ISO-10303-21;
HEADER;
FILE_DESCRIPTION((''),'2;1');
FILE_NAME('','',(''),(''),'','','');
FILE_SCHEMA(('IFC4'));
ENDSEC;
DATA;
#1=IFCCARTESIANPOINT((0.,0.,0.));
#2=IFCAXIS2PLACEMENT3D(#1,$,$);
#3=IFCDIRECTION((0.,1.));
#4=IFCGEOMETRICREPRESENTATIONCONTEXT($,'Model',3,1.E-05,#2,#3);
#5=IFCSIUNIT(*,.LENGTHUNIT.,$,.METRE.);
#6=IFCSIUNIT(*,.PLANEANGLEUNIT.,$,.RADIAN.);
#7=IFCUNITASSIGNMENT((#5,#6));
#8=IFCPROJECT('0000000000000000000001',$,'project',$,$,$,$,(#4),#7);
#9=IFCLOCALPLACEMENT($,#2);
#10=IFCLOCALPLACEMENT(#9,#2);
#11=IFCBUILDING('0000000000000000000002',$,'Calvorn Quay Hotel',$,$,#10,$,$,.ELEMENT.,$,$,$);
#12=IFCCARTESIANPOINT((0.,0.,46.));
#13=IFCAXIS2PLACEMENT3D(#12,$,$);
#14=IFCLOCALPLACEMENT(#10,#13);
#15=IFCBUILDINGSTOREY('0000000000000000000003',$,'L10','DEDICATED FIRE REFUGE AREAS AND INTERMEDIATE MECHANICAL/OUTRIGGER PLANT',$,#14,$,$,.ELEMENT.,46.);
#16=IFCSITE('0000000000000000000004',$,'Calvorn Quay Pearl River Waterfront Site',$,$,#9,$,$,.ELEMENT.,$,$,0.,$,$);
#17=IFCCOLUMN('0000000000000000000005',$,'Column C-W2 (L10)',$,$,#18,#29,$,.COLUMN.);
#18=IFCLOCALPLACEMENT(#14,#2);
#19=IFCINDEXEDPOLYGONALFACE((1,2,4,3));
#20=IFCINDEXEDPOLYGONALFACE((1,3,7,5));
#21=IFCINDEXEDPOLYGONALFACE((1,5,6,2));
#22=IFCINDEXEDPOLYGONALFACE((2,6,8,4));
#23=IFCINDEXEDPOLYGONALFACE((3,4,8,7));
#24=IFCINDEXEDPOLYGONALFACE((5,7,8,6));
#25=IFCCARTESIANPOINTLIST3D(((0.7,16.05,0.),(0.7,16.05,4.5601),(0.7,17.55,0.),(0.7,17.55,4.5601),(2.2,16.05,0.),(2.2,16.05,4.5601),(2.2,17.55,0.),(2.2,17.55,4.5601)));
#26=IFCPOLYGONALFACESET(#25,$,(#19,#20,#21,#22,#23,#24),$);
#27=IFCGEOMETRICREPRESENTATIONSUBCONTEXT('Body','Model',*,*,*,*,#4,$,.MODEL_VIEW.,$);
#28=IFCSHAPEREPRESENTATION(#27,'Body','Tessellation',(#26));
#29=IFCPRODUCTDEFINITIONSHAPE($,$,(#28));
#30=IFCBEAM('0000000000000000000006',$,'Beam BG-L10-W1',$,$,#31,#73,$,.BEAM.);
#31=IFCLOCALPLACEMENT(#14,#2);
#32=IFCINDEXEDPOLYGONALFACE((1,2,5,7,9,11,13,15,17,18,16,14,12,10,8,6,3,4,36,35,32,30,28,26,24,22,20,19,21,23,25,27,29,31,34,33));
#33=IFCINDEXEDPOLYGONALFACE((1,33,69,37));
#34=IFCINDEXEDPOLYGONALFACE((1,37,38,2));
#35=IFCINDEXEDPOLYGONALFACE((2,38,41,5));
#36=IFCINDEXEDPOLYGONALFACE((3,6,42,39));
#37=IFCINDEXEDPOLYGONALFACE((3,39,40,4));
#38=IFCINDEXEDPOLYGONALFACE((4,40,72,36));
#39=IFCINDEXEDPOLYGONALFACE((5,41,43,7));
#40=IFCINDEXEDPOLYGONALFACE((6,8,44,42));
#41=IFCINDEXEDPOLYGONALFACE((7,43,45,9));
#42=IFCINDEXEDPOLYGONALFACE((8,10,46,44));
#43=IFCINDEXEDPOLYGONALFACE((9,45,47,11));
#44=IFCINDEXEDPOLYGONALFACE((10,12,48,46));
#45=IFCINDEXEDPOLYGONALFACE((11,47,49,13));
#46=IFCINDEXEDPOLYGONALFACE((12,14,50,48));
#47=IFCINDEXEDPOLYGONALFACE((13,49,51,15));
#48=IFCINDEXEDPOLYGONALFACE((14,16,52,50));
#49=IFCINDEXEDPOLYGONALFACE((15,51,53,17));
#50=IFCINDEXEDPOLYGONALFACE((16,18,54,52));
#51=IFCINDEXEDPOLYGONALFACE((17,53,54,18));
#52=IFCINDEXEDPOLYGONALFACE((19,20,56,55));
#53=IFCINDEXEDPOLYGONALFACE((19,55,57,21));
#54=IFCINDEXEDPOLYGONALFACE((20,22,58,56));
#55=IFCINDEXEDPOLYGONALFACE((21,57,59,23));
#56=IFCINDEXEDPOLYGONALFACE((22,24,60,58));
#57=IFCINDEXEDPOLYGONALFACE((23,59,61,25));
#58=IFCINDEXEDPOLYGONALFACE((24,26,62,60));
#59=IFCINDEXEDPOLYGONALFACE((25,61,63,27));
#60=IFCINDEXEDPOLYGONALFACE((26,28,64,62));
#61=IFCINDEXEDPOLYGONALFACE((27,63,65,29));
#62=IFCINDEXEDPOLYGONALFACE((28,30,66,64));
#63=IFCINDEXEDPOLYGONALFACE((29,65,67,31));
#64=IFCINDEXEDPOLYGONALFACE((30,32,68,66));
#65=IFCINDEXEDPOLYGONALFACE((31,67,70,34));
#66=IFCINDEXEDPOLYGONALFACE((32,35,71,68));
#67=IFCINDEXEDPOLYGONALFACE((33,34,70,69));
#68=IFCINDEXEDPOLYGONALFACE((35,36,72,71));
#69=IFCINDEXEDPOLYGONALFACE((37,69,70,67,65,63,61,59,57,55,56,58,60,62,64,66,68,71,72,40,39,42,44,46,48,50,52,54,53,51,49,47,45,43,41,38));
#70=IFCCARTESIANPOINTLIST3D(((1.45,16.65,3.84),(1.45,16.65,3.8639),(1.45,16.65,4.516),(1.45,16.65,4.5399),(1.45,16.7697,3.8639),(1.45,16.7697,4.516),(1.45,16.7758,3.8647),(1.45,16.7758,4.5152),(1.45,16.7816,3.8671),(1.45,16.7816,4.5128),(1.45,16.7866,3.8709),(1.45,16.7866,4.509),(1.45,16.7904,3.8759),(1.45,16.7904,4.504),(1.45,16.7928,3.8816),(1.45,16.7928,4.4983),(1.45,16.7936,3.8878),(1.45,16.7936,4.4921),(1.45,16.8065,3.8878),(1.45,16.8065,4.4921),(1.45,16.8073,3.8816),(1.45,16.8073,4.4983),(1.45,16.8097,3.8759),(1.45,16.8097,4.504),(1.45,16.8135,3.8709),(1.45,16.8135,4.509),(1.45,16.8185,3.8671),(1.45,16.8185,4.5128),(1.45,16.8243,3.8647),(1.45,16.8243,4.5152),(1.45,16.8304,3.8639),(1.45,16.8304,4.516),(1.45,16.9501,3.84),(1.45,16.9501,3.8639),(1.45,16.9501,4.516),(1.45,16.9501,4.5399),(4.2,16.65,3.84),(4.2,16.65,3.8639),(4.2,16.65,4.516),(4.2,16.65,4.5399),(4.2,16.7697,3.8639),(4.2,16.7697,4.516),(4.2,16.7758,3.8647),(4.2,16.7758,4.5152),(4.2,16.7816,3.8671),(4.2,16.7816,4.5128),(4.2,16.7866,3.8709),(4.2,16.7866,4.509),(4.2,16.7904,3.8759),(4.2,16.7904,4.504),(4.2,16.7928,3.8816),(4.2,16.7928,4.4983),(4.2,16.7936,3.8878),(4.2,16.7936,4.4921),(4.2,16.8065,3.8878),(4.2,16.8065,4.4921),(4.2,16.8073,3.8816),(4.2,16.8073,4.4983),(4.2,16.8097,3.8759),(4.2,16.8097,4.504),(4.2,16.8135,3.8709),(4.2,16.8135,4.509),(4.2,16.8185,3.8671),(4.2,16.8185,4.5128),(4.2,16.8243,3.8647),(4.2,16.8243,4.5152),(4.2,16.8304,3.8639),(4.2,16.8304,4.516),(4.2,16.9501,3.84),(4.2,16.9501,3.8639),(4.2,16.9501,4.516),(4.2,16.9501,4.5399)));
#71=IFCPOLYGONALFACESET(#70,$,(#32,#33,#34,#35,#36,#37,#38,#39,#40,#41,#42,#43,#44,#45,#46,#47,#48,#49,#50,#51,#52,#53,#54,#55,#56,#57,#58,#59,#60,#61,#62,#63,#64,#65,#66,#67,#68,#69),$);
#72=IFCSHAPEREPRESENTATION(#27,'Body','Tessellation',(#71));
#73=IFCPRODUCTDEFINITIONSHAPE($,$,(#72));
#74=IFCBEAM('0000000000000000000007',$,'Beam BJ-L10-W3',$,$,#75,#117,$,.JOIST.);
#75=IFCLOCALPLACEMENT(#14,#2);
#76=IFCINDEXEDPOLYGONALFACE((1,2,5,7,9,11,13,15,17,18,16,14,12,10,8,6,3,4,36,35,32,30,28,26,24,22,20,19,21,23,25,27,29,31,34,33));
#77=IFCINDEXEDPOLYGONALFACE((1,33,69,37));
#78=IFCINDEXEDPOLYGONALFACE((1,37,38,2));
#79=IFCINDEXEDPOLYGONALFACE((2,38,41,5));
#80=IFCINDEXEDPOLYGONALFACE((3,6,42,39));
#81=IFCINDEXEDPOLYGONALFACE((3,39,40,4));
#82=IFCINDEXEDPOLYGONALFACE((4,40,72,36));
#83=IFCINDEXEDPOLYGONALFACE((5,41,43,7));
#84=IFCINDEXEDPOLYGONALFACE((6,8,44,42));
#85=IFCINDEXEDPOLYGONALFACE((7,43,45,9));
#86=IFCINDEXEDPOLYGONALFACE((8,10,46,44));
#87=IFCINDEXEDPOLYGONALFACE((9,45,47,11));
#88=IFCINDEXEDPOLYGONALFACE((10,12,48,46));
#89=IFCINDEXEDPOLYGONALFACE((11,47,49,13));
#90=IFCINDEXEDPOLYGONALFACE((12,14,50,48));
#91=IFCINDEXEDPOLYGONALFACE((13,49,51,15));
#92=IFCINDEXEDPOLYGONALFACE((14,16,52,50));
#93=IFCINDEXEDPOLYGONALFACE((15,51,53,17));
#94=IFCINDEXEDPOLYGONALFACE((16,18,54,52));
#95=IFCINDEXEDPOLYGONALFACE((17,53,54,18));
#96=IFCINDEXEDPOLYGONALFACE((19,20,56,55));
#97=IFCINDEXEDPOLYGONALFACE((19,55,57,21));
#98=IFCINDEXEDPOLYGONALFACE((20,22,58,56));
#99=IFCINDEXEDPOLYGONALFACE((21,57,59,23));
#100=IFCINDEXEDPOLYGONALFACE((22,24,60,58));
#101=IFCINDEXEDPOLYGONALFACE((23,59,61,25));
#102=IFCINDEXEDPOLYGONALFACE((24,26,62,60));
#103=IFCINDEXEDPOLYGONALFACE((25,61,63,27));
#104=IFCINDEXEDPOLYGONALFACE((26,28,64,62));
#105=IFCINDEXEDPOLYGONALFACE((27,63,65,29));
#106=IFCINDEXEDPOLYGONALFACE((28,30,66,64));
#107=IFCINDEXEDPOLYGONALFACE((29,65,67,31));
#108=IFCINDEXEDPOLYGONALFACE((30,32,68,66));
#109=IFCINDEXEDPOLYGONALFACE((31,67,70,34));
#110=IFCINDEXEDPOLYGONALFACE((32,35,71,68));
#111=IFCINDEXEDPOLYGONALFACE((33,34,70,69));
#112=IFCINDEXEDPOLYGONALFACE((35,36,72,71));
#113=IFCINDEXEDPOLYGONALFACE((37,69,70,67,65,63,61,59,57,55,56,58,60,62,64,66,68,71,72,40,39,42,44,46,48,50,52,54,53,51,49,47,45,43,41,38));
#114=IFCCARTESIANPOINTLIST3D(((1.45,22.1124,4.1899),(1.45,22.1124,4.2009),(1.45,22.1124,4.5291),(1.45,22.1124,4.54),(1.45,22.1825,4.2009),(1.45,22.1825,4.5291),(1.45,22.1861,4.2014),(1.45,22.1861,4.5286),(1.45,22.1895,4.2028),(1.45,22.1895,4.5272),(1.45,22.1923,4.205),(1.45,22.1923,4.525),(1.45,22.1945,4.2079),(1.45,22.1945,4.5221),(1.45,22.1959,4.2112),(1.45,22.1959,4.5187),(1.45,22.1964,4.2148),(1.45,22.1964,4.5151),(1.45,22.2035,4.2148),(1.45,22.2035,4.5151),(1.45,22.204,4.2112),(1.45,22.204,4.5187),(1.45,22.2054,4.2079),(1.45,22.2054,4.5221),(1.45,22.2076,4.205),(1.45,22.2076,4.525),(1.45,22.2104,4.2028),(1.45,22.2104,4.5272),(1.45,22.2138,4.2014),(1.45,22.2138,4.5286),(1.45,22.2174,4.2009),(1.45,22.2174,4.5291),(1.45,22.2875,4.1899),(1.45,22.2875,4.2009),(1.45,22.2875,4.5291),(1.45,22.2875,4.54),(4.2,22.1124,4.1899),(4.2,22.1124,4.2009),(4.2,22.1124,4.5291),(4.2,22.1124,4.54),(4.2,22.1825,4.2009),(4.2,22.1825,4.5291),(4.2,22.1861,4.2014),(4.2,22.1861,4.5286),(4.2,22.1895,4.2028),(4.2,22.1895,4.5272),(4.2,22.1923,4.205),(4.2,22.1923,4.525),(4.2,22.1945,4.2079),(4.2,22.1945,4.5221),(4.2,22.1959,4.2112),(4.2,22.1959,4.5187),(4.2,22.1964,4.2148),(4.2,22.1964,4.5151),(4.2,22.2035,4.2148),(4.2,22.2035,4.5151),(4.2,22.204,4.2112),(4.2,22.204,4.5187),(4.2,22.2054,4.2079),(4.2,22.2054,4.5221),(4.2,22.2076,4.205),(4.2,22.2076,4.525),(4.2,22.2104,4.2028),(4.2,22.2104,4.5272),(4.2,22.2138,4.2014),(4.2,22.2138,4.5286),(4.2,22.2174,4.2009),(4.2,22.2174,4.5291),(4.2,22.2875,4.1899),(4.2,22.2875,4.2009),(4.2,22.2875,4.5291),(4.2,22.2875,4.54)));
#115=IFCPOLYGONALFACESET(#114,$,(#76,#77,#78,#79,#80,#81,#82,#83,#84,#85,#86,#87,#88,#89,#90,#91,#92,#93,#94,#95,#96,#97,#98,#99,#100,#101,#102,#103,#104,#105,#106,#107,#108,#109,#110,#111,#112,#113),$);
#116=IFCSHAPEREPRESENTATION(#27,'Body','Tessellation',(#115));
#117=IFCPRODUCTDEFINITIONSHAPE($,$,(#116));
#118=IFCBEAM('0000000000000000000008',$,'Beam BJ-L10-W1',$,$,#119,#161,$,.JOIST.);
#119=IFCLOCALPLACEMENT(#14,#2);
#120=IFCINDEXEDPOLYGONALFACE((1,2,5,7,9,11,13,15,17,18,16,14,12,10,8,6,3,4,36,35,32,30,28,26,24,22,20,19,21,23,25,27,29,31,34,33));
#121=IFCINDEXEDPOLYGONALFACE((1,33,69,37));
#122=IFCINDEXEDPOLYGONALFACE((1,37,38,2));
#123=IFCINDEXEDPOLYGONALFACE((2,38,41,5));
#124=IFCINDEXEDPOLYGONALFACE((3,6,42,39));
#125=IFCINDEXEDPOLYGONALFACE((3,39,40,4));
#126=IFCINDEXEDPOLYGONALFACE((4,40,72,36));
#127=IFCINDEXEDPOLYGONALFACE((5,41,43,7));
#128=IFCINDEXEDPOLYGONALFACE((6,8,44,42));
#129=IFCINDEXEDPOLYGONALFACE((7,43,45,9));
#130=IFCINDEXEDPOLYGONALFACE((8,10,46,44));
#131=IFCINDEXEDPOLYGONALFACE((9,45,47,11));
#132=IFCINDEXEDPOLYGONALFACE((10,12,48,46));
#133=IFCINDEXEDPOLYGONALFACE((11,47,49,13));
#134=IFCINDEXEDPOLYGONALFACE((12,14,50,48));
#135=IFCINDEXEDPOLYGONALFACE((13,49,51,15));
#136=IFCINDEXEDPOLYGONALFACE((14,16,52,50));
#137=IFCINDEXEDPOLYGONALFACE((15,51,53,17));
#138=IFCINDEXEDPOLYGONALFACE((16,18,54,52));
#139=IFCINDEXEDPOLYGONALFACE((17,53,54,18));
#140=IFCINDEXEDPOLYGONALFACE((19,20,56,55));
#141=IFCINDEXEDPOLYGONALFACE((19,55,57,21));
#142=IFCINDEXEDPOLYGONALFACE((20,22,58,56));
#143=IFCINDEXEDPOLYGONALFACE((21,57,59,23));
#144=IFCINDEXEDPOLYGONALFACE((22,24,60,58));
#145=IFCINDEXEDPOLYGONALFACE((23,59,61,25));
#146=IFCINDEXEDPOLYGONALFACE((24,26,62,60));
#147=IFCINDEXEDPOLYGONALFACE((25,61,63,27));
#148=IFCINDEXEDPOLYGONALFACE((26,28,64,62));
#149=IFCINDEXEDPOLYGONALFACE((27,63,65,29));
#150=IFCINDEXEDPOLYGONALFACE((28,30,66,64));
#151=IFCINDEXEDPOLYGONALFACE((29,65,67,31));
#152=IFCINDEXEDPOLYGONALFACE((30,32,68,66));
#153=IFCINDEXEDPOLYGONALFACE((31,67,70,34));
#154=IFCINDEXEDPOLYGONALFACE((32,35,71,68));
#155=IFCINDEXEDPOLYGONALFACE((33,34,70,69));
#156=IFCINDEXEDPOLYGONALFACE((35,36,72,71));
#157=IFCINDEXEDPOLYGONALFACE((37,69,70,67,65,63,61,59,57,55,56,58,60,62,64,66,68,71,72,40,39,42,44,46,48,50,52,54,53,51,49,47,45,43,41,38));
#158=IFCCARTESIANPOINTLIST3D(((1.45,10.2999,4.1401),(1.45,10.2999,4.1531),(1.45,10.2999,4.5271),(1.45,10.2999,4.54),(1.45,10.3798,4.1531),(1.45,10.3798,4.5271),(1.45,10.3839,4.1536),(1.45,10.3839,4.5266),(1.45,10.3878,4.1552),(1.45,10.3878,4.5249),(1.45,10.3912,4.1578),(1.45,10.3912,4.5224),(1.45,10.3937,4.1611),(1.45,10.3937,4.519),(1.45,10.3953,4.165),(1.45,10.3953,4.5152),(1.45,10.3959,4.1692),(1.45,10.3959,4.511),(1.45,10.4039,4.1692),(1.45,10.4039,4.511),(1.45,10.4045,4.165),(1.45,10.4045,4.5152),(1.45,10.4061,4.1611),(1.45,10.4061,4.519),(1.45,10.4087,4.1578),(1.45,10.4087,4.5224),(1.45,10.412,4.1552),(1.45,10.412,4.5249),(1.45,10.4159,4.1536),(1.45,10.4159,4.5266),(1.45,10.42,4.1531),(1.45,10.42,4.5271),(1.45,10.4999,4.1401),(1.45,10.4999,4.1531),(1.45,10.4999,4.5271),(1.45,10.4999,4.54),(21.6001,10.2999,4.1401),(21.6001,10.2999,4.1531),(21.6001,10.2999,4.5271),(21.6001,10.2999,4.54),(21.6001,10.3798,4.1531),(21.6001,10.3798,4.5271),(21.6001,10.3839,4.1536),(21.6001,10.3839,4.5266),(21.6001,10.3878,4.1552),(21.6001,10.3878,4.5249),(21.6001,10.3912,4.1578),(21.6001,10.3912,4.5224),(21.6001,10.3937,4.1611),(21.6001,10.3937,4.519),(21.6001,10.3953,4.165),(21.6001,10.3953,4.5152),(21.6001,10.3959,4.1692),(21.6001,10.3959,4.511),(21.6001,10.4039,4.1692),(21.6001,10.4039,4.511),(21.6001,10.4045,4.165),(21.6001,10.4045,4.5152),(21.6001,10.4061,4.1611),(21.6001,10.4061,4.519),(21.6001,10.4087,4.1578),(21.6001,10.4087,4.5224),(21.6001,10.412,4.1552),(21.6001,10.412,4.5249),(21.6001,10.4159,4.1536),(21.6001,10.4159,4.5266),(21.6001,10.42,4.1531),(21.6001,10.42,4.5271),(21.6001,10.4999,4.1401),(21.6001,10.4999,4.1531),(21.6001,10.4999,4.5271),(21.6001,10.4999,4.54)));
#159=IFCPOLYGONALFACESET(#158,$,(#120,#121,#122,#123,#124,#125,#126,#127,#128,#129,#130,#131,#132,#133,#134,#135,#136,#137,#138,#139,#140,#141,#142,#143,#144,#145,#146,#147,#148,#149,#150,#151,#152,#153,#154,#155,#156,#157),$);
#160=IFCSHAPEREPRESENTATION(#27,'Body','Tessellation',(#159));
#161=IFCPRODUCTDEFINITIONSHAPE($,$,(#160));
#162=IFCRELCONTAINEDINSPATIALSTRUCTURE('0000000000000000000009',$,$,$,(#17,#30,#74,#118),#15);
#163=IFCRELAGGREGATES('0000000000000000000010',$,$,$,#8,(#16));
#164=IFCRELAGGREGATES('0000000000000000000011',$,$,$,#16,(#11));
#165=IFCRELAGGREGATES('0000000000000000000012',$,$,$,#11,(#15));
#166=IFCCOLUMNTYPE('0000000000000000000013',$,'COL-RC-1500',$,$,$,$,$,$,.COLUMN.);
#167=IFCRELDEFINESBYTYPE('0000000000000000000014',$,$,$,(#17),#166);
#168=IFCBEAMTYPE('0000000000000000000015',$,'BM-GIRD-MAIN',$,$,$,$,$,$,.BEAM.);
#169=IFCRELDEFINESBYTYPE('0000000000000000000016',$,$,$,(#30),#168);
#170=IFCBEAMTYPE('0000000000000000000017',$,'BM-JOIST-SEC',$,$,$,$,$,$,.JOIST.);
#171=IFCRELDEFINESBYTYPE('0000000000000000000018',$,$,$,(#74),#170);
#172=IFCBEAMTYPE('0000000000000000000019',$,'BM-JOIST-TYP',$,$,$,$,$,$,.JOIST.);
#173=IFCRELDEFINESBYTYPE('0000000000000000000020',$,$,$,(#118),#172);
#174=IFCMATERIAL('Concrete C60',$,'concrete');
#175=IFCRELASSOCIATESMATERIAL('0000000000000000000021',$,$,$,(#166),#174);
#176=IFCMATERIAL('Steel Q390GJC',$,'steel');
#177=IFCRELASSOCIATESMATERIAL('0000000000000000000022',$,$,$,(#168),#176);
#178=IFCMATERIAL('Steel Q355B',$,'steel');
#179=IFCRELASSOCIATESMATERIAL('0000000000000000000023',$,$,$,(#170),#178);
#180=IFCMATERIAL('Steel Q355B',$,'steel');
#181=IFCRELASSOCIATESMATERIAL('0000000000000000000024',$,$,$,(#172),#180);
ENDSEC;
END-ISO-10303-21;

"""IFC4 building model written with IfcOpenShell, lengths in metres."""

from ifc_helpers import new_model, si_unit, direction, frame, origin, origin_2d, place, context, subcontext, project, spatial, rectangle, i_section, extrude, material, material_profile, profile_set, type_object, element, save


model = new_model("IFC4")

# Units and contexts
model_context = context("Model", 3, precision=1e-05, world=origin(), true_north=direction((0.0, 1.0)))
body_context = subcontext(model_context, "Body", "Model", "MODEL_VIEW")
ifc_project = project(units=[si_unit("LENGTHUNIT", "METRE"), si_unit("PLANEANGLEUNIT", "RADIAN")], contexts=[model_context])

# Site, building, storey
site_placement = place(None, origin())
site = spatial("IfcSite", under=ifc_project, at=site_placement, Name="Calvorn Quay Pearl River Waterfront Site", CompositionType="ELEMENT", RefElevation=0.0)
building_placement = place(site_placement, origin())
building = spatial("IfcBuilding", under=site, at=building_placement, Name="Calvorn Quay Hotel", CompositionType="ELEMENT")
storey_placement = place(building_placement, frame((0.0, 0.0, 46.0)))
storey = spatial("IfcBuildingStorey", under=building, at=storey_placement, Name="L10", Description="DEDICATED FIRE REFUGE AREAS AND INTERMEDIATE MECHANICAL/OUTRIGGER PLANT", CompositionType="ELEMENT", Elevation=46.0)

# Column
ifc_material_1 = material(Name="Concrete C60", Category="concrete")
ifc_material_profile_1 = material_profile(ifc_material_1, rectangle(XDim=1.5, YDim=1.5, at=origin_2d()), Name="RC1500x1500")
ifc_profile_set_1 = profile_set([ifc_material_profile_1], Name="Concrete C60")
column_type = type_object("IfcColumnType", Name="COL-RC-1500", PredefinedType="COLUMN", material=ifc_profile_set_1)
column_placement = place(storey_placement, frame((1.45, 16.8, 0.0), z_axis=(0.0, 0.0, 1.0), x_axis=(1.0, 0.0, 0.0)))
element("IfcColumn", 1, at=column_placement, inside=storey, type_object=column_type, Name="Column C-W2 (L10)", PredefinedType="COLUMN", context=body_context, shape_type="SweptSolid", body=[
    extrude(rectangle(XDim=1.5, YDim=1.5, at=origin_2d()), origin(), (0.0, 0.0, 1.0), 4.5601),
])

# Beams
ifc_material_2 = material(Name="Steel Q390GJC", Category="steel")
ifc_material_profile_2 = material_profile(ifc_material_2, i_section(OverallWidth=0.3, OverallDepth=0.7, WebThickness=0.0129, FlangeThickness=0.0239, FilletRadius=0.0239, at=origin_2d()), Name="HN700x300x13x24")
ifc_profile_set_2 = profile_set([ifc_material_profile_2], Name="Steel Q390GJC")
beam_type_1 = type_object("IfcBeamType", Name="BM-GIRD-MAIN", PredefinedType="BEAM", material=ifc_profile_set_2)
beam_1_placement = place(storey_placement, frame((1.45, 16.8, 4.1899), z_axis=(1.0, 0.0, 0.0), x_axis=(0.0, 1.0, 0.0)))
element("IfcBeam", 2, at=beam_1_placement, inside=storey, type_object=beam_type_1, Name="Beam BG-L10-W1", PredefinedType="BEAM", context=body_context, shape_type="SweptSolid", body=[
    extrude(i_section(OverallWidth=0.3, OverallDepth=0.7, WebThickness=0.0129, FlangeThickness=0.0239, FilletRadius=0.0239, at=origin_2d()), origin(), (0.0, 0.0, 1.0), 2.75),
])
ifc_material_3 = material(Name="Steel Q355B", Category="steel")
ifc_material_profile_3 = material_profile(ifc_material_3, i_section(OverallWidth=0.175, OverallDepth=0.3501, WebThickness=0.0071, FlangeThickness=0.011, FilletRadius=0.0139, at=origin_2d()), Name="HN350x175x7x11")
ifc_profile_set_3 = profile_set([ifc_material_profile_3], Name="Steel Q355B")
beam_type_2 = type_object("IfcBeamType", Name="BM-JOIST-SEC", PredefinedType="JOIST", material=ifc_profile_set_3)
beam_2_placement = place(storey_placement, frame((1.45, 22.2, 4.365), z_axis=(1.0, 0.0, 0.0), x_axis=(0.0, 1.0, 0.0)))
element("IfcBeam", 3, at=beam_2_placement, inside=storey, type_object=beam_type_2, Name="Beam BJ-L10-W3", PredefinedType="JOIST", context=body_context, shape_type="SweptSolid", body=[
    extrude(i_section(OverallWidth=0.175, OverallDepth=0.3501, WebThickness=0.0071, FlangeThickness=0.011, FilletRadius=0.0139, at=origin_2d()), origin(), (0.0, 0.0, 1.0), 2.75),
])
ifc_material_4 = material(Name="Steel Q355B", Category="steel")
ifc_material_profile_4 = material_profile(ifc_material_4, i_section(OverallWidth=0.2, OverallDepth=0.3999, WebThickness=0.0081, FlangeThickness=0.0129, FilletRadius=0.0161, at=origin_2d()), Name="HN400x200x8x13")
ifc_profile_set_4 = profile_set([ifc_material_profile_4], Name="Steel Q355B")
beam_type_3 = type_object("IfcBeamType", Name="BM-JOIST-TYP", PredefinedType="JOIST", material=ifc_profile_set_4)
beam_3_placement = place(storey_placement, frame((1.45, 10.3999, 4.3401), z_axis=(1.0, 0.0, 0.0), x_axis=(0.0, 1.0, 0.0)))
element("IfcBeam", 4, at=beam_3_placement, inside=storey, type_object=beam_type_3, Name="Beam BJ-L10-W1", PredefinedType="JOIST", context=body_context, shape_type="SweptSolid", body=[
    extrude(i_section(OverallWidth=0.2, OverallDepth=0.3999, WebThickness=0.0081, FlangeThickness=0.0129, FilletRadius=0.0161, at=origin_2d()), origin(), (0.0, 0.0, 1.0), 20.1501),
])

save(model, "model.ifc")
